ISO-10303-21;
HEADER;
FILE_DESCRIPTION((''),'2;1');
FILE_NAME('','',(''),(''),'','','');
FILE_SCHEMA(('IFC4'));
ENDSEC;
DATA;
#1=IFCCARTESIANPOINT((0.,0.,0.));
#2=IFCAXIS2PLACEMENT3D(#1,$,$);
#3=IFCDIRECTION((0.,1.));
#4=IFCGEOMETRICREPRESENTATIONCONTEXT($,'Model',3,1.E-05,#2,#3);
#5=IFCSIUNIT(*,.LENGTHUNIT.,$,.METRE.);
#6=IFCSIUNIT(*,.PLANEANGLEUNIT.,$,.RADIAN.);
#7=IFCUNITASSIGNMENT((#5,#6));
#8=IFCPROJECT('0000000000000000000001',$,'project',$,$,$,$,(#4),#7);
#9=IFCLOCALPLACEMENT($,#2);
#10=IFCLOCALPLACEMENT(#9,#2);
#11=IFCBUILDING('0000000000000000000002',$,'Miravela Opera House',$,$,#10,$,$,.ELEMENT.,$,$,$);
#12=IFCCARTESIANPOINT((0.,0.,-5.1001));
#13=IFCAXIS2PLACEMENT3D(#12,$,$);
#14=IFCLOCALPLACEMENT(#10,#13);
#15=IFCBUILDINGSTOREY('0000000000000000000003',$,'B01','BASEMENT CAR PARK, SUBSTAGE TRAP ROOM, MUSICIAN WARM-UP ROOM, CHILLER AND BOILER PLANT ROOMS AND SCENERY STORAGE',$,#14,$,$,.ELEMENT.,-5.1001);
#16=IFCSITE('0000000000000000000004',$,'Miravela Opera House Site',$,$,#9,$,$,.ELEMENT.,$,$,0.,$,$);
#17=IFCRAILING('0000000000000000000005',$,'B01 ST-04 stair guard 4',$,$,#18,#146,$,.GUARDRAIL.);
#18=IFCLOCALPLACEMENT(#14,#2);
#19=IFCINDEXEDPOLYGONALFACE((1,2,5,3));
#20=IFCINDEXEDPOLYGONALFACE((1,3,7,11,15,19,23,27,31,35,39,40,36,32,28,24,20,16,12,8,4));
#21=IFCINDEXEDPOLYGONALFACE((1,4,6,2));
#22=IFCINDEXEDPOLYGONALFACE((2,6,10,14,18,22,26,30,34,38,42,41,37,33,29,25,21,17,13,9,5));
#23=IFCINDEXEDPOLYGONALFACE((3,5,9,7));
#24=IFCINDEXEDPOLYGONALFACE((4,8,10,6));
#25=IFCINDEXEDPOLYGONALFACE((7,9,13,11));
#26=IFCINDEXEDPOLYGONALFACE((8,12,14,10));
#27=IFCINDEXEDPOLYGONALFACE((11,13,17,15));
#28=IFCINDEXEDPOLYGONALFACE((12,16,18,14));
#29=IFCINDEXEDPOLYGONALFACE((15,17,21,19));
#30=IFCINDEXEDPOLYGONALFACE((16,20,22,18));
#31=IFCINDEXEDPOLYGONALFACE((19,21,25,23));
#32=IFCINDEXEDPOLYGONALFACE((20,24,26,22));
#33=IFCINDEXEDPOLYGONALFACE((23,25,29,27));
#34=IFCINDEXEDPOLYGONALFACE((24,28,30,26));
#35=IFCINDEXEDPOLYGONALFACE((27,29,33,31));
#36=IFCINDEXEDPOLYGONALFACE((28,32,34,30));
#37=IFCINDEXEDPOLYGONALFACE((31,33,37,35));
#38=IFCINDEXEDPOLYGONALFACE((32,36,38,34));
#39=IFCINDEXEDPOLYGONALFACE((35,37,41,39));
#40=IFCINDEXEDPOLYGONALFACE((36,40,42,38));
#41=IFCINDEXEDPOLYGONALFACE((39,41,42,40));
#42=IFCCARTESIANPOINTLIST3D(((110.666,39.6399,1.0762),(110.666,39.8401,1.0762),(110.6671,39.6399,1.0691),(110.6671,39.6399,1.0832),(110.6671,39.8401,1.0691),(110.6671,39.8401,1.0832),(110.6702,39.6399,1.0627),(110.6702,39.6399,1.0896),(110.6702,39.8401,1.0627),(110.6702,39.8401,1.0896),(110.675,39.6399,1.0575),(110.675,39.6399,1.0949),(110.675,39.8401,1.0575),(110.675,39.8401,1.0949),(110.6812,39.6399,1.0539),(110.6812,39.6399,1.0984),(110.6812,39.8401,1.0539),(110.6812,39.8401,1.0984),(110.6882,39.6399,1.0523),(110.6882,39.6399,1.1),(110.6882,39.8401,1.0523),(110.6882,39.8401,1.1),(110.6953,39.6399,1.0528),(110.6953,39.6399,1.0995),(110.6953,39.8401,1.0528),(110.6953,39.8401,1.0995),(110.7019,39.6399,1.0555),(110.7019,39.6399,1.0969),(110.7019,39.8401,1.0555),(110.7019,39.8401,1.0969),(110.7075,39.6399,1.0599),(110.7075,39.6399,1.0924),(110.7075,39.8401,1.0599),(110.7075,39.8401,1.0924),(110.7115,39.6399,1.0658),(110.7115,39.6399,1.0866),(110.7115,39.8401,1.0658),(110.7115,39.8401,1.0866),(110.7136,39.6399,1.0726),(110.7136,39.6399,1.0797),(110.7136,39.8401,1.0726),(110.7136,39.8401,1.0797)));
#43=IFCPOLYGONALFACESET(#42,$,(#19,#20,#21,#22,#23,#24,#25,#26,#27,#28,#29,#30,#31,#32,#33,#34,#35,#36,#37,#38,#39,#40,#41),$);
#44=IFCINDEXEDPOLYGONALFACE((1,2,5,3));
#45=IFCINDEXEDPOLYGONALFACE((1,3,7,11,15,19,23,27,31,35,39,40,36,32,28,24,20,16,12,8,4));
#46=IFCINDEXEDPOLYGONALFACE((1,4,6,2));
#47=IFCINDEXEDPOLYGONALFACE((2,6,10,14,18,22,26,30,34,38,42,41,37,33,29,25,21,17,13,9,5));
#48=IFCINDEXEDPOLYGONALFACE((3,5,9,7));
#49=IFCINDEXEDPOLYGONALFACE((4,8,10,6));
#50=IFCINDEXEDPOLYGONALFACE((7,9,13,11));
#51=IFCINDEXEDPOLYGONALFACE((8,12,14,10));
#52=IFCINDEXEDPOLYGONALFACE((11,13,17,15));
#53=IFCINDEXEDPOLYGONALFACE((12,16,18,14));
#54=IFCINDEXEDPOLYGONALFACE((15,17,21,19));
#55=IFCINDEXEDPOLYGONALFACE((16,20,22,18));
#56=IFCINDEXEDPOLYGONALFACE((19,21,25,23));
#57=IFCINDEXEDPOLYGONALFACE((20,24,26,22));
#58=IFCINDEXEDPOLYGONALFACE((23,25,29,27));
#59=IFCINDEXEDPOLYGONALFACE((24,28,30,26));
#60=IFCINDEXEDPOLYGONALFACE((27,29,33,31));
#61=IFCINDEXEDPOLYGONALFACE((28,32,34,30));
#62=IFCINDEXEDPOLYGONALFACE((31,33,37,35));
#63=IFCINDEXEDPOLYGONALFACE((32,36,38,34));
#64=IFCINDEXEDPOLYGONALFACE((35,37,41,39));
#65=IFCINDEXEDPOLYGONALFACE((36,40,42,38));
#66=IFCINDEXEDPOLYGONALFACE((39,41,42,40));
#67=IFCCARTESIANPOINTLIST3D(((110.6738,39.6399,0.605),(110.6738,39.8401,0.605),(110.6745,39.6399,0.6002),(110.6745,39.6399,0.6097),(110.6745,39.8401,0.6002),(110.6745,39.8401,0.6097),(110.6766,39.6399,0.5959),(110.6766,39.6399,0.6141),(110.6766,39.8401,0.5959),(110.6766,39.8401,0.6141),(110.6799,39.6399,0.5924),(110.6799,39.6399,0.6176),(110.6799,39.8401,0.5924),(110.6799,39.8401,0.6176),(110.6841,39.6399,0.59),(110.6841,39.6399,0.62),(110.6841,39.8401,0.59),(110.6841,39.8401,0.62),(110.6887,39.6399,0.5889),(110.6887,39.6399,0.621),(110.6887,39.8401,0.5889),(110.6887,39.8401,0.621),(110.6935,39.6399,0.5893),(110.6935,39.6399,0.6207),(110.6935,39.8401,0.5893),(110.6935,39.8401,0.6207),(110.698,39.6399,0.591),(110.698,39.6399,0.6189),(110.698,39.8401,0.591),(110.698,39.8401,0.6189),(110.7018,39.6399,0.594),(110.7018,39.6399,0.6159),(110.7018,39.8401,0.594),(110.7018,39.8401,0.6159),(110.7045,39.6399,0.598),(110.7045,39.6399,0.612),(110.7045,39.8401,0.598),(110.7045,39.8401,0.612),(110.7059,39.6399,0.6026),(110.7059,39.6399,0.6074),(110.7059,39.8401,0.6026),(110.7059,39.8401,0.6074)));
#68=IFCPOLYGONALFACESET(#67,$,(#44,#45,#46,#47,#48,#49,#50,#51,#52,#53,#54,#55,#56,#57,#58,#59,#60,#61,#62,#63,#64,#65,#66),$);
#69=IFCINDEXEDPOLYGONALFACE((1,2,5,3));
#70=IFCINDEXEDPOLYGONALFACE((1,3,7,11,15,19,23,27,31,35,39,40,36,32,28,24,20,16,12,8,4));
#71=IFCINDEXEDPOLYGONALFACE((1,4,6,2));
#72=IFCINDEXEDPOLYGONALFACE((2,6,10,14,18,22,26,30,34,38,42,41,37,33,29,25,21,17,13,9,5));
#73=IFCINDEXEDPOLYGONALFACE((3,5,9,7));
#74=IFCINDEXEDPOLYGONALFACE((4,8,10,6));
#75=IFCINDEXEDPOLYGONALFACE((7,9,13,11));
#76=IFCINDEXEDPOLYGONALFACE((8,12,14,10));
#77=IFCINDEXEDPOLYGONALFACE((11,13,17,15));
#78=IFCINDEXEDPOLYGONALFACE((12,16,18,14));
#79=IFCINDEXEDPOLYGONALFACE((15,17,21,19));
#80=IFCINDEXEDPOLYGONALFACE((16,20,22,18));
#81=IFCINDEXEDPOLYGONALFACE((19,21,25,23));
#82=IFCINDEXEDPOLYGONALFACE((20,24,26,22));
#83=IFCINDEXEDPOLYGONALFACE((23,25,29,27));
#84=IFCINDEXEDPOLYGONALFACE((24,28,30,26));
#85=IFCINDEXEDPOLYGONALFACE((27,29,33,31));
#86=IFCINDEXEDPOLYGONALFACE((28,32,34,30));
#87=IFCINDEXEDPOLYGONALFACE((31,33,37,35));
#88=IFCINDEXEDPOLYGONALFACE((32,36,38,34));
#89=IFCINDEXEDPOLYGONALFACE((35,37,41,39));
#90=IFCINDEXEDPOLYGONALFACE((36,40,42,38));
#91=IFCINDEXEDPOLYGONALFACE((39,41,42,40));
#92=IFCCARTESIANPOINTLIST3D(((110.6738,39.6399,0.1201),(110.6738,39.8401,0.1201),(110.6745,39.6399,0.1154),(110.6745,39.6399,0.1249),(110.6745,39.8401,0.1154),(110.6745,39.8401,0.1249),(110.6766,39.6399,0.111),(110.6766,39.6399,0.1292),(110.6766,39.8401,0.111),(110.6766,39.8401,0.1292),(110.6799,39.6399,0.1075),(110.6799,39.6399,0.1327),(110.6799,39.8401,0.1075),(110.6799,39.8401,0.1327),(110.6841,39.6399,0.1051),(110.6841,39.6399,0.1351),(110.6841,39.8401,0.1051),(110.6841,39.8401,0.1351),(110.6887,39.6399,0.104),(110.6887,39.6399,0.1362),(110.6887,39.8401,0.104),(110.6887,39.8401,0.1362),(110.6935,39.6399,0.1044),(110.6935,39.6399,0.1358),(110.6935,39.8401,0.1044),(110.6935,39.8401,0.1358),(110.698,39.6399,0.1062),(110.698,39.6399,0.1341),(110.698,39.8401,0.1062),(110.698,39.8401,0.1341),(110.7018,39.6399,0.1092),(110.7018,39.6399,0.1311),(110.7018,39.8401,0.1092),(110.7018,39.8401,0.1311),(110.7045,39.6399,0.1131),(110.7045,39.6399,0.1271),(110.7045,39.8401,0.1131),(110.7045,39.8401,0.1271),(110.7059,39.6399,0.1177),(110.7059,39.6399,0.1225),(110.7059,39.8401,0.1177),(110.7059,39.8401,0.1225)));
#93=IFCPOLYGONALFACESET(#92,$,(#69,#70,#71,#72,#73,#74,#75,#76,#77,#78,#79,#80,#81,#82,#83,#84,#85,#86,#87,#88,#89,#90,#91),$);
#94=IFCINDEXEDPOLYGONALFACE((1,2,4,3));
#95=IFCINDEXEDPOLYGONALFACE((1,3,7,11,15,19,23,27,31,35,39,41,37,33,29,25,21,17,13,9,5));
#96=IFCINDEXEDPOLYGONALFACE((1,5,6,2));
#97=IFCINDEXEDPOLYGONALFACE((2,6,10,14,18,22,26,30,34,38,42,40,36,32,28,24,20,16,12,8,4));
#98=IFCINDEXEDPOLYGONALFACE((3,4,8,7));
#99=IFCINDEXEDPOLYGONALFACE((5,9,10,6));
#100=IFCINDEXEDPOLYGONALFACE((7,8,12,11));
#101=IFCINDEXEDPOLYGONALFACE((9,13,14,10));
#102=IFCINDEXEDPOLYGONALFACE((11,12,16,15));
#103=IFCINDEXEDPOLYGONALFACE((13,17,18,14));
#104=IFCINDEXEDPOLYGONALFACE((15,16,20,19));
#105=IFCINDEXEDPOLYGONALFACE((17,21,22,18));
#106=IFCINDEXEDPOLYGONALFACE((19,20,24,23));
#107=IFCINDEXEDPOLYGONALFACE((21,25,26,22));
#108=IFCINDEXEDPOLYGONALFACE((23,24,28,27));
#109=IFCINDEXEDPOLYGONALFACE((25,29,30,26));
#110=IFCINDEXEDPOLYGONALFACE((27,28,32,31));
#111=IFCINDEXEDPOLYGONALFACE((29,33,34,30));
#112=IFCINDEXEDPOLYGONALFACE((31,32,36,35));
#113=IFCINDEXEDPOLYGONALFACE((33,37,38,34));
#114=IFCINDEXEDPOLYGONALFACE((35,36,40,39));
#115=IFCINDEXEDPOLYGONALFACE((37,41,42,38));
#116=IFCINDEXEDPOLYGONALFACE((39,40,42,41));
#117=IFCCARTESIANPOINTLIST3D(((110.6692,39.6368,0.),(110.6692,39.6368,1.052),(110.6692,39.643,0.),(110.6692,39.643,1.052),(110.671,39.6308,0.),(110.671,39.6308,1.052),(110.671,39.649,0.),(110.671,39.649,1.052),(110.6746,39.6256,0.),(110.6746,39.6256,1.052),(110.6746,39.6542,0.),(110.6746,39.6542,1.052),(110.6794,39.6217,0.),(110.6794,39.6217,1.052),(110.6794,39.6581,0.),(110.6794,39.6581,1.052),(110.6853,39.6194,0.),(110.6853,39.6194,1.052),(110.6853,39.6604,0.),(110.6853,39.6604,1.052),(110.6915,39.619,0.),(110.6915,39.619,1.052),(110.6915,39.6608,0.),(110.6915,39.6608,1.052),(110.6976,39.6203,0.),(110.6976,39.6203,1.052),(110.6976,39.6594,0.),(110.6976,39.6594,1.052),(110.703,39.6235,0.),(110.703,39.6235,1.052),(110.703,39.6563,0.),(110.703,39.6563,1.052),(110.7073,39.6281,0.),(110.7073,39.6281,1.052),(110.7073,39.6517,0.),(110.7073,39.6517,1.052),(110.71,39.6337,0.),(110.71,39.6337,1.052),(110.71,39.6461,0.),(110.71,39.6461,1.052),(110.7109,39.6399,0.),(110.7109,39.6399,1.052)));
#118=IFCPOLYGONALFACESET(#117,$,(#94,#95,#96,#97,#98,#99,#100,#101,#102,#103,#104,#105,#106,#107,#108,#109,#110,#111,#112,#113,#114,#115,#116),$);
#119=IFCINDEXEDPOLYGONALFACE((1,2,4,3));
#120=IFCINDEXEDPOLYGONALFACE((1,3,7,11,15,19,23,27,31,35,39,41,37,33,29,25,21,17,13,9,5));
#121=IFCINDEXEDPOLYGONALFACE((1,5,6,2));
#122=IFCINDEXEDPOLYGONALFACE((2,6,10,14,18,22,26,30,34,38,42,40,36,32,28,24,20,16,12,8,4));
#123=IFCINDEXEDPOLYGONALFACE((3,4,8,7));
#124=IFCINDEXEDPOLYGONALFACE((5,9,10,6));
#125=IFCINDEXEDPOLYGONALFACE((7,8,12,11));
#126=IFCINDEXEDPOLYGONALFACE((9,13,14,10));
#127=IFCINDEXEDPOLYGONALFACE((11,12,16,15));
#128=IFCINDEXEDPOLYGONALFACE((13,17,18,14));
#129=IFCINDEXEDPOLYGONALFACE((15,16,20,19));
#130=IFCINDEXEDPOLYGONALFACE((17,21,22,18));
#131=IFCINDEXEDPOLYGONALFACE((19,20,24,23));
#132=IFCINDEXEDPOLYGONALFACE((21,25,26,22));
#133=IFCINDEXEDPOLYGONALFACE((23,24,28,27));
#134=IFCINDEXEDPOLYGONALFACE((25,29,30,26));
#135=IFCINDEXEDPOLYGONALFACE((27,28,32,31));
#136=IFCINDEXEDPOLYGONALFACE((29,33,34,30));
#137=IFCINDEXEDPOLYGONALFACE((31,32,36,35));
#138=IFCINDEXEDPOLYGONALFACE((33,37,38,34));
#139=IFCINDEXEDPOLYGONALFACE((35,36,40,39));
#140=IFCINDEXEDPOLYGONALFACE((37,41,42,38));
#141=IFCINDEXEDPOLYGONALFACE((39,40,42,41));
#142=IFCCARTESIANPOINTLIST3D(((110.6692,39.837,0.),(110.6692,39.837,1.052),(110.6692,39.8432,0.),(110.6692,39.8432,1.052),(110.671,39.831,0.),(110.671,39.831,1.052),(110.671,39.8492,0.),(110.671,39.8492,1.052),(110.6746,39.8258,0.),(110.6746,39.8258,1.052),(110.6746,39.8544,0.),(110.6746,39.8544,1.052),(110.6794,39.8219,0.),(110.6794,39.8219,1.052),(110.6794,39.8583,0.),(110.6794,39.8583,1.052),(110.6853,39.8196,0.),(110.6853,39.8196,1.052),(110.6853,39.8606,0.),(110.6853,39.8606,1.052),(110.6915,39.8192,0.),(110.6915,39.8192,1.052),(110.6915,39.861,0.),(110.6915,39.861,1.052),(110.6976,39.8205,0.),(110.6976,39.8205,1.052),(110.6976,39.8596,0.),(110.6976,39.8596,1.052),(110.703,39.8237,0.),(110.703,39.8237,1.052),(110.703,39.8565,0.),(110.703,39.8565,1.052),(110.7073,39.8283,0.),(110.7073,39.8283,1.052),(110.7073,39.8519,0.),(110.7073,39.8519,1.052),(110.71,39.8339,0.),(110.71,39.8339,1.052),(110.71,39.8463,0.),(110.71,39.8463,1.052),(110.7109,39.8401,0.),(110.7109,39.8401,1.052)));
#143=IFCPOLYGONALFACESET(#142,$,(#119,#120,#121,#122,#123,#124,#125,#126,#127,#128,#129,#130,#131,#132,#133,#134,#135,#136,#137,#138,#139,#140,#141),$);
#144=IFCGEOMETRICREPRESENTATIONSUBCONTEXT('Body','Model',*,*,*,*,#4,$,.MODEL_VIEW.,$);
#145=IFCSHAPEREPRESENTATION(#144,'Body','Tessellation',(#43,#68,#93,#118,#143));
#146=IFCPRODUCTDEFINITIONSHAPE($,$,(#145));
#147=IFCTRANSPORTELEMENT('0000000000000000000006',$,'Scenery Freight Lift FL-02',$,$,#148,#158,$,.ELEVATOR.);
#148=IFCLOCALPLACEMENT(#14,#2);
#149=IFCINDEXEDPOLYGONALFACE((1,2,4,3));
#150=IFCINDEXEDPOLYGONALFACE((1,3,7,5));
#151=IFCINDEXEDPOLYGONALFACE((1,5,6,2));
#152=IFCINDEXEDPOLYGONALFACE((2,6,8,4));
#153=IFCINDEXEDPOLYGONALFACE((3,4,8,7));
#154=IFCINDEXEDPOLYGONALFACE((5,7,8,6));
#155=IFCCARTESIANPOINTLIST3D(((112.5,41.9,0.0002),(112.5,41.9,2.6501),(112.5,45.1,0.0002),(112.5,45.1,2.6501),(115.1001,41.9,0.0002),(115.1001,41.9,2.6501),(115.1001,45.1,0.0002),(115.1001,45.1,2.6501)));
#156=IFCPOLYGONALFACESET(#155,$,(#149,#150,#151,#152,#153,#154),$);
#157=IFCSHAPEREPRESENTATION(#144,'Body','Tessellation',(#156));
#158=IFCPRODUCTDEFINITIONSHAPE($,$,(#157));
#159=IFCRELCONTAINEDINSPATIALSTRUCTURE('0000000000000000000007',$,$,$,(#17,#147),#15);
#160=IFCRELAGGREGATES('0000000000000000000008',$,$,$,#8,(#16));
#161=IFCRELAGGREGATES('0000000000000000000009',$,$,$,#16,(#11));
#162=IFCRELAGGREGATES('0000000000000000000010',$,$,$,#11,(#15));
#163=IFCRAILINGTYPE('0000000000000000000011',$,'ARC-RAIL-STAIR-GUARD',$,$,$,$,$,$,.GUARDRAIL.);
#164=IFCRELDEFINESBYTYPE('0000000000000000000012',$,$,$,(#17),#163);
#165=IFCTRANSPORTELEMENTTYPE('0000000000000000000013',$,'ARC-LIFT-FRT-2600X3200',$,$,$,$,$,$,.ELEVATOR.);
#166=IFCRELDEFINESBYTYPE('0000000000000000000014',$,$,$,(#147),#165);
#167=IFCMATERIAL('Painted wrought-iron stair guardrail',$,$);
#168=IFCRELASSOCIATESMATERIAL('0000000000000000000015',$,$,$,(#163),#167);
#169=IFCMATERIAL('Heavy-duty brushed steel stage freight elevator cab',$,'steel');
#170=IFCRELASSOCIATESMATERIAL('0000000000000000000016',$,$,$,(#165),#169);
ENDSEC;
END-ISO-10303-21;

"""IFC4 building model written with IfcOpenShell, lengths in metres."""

from ifc_helpers import new_model, si_unit, direction, frame, origin, origin_2d, place, context, subcontext, project, spatial, rectangle, circle, extrude, material, type_object, element, save


model = new_model("IFC4")

# Units and contexts
model_context = context("Model", 3, precision=1e-05, world=origin(), true_north=direction((0.0, 1.0)))
body_context = subcontext(model_context, "Body", "Model", "MODEL_VIEW")
ifc_project = project(units=[si_unit("LENGTHUNIT", "METRE"), si_unit("PLANEANGLEUNIT", "RADIAN")], contexts=[model_context])

# Site, building, storey
site_placement = place(None, origin())
site = spatial("IfcSite", under=ifc_project, at=site_placement, Name="Miravela Opera House Site", CompositionType="ELEMENT", RefElevation=0.0)
building_placement = place(site_placement, origin())
building = spatial("IfcBuilding", under=site, at=building_placement, Name="Miravela Opera House", CompositionType="ELEMENT")
storey_placement = place(building_placement, frame((0.0, 0.0, -5.1001)))
storey = spatial("IfcBuildingStorey", under=building, at=storey_placement, Name="B01", Description="BASEMENT CAR PARK, SUBSTAGE TRAP ROOM, MUSICIAN WARM-UP ROOM, CHILLER AND BOILER PLANT ROOMS AND SCENERY STORAGE", CompositionType="ELEMENT", Elevation=-5.1001)

# Railing
ifc_material_1 = material(Name="Painted wrought-iron stair guardrail")
railing_type_1 = type_object("IfcRailingType", Name="ARC-RAIL-STAIR-GUARD", PredefinedType="GUARDRAIL", material=ifc_material_1)
railing_1_placement = place(storey_placement, frame((110.6899, 39.6399, 0.0)))
element("IfcRailing", 1, at=railing_1_placement, inside=storey, type_object=railing_type_1, Name="B01 ST-04 stair guard 4", PredefinedType="GUARDRAIL", context=body_context, shape_type="SweptSolid", body=[
    extrude(circle(Radius=0.0239, at=origin_2d()), frame((0.0, 0.0, 1.0762), z_axis=(0.0, 1.0, 0.0), x_axis=(-1.0, 0.0, 0.0)), (0.0, 0.0, 1.0), 0.2002),
    extrude(circle(Radius=0.0161, at=origin_2d()), frame((0.0, 0.0, 0.605), z_axis=(0.0, 1.0, 0.0), x_axis=(-1.0, 0.0, 0.0)), (0.0, 0.0, 1.0), 0.2002),
    extrude(circle(Radius=0.0161, at=origin_2d()), frame((0.0, 0.0, 0.1201), z_axis=(0.0, 1.0, 0.0), x_axis=(-1.0, 0.0, 0.0)), (0.0, 0.0, 1.0), 0.2002),
    extrude(circle(Radius=0.021, at=origin_2d()), origin(), (0.0, 0.0, 1.0), 1.052),
    extrude(circle(Radius=0.021, at=origin_2d()), frame((0.0, 0.2002, 0.0)), (0.0, 0.0, 1.0), 1.052),
])

# Transport element
ifc_material_2 = material(Name="Heavy-duty brushed steel stage freight elevator cab", Category="steel")
transport_element_type = type_object("IfcTransportElementType", Name="ARC-LIFT-FRT-2600X3200", PredefinedType="ELEVATOR", material=ifc_material_2)
transport_element_placement = place(storey_placement, frame((113.8, 43.5, 0.0002), z_axis=(0.0, 0.0, 1.0), x_axis=(1.0, 0.0, 0.0)))
element("IfcTransportElement", 2, at=transport_element_placement, inside=storey, type_object=transport_element_type, Name="Scenery Freight Lift FL-02", PredefinedType="ELEVATOR", context=body_context, shape_type="SweptSolid", body=[
    extrude(rectangle(XDim=2.6001, YDim=3.2, at=origin_2d()), origin(), (0.0, 0.0, 1.0), 2.6499),
])

save(model, "model.ifc")
